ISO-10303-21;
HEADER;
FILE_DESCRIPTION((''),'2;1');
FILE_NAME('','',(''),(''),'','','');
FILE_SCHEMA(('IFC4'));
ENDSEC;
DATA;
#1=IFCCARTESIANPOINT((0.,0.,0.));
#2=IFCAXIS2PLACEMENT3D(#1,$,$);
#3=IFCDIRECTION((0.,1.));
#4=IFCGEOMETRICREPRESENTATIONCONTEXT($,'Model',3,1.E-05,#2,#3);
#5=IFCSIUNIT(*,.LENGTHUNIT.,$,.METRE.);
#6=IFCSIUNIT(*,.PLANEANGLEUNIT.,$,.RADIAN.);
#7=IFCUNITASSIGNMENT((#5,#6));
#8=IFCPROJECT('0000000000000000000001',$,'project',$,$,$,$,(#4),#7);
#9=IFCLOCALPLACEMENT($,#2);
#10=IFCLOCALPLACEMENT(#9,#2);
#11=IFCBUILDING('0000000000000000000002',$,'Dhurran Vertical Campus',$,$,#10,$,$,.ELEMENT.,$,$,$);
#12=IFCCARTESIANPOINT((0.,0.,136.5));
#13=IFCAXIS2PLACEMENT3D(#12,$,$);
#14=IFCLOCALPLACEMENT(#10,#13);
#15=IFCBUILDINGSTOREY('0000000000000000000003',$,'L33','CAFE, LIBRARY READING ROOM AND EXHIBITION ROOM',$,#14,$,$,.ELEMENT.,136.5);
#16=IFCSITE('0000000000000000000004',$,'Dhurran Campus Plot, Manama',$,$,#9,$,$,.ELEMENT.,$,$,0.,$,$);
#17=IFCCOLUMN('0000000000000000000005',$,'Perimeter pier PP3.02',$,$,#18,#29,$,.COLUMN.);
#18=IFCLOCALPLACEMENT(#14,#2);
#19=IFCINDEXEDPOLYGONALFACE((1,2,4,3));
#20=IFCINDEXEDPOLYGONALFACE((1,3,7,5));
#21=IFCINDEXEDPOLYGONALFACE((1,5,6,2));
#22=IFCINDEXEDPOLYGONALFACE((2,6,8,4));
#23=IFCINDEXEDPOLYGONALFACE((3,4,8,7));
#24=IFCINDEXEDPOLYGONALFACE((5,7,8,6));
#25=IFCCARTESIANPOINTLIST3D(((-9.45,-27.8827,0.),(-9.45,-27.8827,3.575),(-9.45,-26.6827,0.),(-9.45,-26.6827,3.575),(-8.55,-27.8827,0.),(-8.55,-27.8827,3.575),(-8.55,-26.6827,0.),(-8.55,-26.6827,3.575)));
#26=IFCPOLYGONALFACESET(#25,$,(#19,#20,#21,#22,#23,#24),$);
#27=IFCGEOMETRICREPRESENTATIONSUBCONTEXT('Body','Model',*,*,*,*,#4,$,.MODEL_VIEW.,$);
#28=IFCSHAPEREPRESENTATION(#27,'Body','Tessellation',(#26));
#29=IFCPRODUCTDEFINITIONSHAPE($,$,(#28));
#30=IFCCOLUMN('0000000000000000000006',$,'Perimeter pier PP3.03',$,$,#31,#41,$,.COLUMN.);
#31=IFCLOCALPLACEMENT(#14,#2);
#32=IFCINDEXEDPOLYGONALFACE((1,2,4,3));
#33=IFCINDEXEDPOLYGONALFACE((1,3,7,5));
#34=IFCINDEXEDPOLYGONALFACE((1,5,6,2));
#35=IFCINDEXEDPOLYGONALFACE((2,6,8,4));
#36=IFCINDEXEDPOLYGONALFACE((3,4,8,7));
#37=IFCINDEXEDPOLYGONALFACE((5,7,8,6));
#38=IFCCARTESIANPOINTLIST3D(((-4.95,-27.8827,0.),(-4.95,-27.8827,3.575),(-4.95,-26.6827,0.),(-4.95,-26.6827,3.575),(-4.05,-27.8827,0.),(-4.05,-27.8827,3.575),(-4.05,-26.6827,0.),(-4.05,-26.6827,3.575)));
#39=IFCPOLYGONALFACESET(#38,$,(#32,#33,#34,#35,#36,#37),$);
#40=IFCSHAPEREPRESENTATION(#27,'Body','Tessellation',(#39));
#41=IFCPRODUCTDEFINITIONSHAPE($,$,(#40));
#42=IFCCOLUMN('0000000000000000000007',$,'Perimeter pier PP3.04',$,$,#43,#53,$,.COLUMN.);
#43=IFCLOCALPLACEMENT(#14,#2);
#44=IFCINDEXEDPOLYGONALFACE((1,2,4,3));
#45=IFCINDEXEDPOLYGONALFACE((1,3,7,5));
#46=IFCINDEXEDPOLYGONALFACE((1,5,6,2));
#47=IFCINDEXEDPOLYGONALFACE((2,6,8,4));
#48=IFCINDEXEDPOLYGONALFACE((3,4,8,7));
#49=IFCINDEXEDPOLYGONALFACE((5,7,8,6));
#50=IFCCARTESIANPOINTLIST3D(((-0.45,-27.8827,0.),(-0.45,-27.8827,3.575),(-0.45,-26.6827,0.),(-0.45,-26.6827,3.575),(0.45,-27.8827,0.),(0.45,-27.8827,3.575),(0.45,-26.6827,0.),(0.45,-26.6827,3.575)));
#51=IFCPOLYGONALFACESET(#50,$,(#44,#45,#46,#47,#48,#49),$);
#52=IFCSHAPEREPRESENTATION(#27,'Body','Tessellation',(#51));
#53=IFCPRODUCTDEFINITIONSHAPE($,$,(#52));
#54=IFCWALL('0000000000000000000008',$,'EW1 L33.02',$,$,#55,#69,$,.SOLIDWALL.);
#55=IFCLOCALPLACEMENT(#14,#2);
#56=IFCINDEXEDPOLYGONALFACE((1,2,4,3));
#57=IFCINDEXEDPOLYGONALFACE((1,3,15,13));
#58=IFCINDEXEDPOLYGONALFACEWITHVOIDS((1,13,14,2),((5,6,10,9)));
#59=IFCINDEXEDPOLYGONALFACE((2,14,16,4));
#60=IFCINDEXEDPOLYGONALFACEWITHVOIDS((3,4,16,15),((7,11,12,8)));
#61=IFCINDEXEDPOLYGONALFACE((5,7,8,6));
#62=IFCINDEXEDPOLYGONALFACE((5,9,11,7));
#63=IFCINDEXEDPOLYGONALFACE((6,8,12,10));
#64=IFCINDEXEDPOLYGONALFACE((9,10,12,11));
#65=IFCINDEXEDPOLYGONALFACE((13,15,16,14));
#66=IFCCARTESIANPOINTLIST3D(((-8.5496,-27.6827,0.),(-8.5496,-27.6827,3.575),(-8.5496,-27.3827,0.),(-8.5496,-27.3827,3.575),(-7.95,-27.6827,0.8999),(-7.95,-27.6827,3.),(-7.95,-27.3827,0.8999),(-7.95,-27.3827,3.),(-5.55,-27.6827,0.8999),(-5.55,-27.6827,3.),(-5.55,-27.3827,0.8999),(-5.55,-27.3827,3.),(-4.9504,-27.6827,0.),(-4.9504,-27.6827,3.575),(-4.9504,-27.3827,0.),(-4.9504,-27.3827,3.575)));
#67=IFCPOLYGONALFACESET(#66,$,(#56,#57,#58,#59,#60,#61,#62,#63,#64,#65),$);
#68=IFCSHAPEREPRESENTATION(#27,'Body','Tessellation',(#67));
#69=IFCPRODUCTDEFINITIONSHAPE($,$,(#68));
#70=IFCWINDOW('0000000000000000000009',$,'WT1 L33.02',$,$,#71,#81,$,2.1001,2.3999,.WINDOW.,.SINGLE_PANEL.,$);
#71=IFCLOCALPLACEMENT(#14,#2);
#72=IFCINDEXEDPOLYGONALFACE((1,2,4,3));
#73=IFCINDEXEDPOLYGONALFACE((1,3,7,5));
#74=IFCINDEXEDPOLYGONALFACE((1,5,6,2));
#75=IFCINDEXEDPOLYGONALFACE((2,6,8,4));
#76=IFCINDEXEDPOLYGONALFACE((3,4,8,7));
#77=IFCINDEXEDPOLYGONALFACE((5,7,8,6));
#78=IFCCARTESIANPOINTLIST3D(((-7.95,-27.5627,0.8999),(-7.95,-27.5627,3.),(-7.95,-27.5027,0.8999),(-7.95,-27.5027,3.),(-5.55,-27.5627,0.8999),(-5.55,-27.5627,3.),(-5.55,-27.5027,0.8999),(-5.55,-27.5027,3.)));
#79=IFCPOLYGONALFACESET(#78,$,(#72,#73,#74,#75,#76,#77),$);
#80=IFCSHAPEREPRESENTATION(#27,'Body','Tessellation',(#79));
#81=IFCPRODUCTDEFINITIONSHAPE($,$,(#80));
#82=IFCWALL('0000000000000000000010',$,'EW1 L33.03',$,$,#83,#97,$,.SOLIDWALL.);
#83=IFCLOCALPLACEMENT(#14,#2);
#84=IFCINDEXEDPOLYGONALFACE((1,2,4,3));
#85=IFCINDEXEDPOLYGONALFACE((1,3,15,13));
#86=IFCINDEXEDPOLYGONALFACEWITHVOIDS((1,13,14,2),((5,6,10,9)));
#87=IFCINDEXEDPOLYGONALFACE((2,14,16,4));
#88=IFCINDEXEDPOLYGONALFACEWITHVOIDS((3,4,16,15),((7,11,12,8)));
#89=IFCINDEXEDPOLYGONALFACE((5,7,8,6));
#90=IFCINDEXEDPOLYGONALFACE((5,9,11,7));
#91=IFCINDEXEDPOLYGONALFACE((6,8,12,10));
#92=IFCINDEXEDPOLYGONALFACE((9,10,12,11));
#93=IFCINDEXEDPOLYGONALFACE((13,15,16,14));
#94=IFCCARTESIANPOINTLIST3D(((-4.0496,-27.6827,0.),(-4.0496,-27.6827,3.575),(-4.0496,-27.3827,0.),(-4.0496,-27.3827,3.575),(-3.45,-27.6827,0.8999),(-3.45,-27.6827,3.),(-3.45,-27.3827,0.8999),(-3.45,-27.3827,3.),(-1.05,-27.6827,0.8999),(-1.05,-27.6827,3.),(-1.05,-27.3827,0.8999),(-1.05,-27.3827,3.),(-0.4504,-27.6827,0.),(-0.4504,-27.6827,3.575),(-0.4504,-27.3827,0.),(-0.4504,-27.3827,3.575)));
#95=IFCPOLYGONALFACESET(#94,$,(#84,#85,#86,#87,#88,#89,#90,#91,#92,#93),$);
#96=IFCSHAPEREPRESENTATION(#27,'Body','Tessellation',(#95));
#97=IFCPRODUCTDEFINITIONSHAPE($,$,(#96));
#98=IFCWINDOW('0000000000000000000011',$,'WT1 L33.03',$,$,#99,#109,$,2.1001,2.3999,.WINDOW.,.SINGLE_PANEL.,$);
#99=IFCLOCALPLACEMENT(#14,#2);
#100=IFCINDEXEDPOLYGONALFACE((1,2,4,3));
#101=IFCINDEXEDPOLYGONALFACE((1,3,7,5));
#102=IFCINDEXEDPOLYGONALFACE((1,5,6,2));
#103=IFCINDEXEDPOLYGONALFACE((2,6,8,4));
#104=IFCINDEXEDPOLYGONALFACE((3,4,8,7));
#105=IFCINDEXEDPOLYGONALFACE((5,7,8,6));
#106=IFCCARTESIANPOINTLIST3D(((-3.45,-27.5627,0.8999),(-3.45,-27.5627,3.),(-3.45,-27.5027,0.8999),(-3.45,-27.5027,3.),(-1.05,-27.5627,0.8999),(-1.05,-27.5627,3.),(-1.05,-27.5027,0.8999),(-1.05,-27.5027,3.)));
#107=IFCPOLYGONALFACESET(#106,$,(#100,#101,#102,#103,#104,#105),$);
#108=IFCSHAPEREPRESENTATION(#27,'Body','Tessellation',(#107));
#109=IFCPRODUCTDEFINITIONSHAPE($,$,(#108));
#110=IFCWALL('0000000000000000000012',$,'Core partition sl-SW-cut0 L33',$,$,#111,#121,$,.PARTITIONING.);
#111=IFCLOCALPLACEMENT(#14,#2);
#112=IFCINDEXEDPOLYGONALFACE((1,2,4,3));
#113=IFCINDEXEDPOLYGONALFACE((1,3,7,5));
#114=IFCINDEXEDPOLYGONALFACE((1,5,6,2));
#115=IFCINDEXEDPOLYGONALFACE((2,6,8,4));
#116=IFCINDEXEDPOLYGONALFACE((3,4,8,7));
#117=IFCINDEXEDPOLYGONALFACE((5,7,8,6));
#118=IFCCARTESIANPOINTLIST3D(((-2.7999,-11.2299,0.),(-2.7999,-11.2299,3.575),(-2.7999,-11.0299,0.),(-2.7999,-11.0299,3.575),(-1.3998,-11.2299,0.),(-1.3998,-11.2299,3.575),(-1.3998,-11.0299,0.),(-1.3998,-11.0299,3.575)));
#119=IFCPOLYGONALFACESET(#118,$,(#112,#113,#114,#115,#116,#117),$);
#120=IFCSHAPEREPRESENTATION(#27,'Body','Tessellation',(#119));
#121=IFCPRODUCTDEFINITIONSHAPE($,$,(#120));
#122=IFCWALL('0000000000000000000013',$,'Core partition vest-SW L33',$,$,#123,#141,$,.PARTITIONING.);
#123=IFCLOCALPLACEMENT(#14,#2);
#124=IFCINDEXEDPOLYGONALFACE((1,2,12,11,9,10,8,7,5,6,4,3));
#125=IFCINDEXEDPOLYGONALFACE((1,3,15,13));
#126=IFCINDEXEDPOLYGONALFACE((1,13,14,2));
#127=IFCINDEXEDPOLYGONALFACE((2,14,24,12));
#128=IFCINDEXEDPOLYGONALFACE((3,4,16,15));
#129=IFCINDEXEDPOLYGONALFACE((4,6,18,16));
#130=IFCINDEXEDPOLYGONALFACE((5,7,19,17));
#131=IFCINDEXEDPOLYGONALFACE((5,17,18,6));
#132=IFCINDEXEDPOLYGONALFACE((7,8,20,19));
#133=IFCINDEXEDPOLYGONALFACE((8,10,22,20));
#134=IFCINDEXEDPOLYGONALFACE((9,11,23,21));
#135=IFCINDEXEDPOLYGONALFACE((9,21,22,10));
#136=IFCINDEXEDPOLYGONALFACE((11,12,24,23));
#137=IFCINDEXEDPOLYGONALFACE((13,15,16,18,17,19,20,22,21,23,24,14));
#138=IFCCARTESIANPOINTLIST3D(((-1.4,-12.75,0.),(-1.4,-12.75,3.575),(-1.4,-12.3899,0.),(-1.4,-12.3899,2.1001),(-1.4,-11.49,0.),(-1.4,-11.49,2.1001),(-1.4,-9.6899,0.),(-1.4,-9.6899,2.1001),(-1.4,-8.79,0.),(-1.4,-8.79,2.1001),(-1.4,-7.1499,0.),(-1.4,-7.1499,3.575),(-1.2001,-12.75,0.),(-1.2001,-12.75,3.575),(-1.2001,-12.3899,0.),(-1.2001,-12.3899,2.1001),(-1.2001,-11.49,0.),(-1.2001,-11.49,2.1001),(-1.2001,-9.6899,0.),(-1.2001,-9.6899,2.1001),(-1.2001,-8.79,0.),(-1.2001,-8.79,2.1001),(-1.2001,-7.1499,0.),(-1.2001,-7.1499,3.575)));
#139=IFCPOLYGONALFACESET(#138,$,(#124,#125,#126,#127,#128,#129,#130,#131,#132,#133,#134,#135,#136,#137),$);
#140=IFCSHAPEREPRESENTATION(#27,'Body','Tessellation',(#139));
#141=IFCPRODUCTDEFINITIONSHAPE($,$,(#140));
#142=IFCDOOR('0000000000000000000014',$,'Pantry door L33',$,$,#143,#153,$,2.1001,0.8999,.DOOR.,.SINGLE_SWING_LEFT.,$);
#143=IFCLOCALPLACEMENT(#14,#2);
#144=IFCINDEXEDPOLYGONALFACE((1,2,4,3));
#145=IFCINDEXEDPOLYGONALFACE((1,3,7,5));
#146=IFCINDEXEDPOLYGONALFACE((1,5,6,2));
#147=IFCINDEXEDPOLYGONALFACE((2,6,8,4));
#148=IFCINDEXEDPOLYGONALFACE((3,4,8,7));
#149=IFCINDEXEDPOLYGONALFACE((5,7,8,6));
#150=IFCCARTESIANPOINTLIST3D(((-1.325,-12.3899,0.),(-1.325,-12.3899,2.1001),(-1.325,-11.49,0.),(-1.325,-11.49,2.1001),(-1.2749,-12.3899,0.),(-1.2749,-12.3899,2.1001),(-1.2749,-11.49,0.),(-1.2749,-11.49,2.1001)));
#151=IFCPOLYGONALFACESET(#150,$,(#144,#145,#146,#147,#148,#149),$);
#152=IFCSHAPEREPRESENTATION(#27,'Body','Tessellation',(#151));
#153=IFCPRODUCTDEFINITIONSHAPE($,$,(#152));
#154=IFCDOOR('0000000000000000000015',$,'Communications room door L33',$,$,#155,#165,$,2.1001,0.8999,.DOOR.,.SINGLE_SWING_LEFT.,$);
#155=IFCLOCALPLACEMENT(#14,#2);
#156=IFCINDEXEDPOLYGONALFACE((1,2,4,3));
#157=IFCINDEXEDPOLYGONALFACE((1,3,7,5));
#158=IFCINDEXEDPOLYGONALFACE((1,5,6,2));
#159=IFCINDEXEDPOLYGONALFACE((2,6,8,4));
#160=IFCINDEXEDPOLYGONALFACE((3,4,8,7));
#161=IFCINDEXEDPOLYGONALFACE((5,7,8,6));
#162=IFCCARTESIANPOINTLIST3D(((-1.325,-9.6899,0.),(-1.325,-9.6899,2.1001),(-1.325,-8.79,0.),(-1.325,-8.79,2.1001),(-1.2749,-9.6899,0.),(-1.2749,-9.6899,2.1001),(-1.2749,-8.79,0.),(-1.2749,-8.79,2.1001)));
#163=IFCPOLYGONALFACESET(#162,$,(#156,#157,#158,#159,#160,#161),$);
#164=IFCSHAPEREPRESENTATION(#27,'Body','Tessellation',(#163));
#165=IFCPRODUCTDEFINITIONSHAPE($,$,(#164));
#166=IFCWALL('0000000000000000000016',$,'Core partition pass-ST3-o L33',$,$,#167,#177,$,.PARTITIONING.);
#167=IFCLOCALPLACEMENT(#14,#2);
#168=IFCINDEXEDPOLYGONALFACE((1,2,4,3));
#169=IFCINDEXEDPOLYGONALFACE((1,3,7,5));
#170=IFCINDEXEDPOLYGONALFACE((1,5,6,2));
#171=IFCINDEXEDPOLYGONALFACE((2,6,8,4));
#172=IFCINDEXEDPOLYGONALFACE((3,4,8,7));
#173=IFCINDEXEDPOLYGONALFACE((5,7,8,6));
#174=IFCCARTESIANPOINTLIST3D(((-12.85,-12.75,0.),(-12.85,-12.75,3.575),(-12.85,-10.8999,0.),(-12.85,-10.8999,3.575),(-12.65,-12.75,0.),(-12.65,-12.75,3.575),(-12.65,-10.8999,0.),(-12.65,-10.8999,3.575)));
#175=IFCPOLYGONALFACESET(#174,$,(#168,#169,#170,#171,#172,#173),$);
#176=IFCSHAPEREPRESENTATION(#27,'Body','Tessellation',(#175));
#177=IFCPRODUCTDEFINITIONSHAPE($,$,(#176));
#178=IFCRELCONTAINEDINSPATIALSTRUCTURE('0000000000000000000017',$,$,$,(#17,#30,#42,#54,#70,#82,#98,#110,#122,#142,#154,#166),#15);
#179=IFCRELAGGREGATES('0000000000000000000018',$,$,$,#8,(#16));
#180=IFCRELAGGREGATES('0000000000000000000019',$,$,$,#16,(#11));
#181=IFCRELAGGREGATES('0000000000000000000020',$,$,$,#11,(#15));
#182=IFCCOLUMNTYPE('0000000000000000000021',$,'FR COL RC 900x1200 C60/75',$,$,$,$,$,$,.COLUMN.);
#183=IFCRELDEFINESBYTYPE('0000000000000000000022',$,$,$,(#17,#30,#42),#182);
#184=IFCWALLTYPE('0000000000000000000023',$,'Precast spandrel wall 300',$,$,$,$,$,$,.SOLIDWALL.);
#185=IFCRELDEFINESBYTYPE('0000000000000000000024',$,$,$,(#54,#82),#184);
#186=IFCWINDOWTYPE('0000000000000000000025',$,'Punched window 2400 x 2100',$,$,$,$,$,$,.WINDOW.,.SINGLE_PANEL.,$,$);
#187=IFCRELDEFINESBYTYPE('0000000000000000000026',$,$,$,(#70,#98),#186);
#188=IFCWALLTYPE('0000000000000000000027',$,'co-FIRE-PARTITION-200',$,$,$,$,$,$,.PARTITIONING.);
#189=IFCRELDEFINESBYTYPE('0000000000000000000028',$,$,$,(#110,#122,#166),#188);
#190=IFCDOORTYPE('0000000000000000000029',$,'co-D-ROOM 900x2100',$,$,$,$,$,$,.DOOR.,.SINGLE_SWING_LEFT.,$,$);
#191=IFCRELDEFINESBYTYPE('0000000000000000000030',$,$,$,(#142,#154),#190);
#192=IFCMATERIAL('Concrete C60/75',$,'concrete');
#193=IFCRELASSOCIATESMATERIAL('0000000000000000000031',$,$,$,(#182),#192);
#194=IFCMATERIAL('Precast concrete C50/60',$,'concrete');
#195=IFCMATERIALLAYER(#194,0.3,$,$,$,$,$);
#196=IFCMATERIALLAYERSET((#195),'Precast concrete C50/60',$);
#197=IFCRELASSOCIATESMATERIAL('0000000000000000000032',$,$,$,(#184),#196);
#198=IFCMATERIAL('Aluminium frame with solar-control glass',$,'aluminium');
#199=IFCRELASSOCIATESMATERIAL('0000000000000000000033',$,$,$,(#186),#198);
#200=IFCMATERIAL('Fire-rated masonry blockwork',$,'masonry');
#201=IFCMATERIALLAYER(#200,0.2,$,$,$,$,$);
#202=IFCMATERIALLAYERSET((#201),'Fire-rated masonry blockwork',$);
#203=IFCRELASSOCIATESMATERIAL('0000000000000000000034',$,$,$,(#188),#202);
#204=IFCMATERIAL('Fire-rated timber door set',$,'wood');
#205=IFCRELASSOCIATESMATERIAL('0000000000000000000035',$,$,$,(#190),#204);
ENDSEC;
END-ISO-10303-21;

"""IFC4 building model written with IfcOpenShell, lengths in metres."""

from ifc_helpers import new_model, si_unit, direction, frame, frame_2d, origin, origin_2d, place, context, subcontext, project, spatial, rectangle, extrude, material, layer, layer_set, material_profile, profile_set, type_object, element, fill, save


model = new_model("IFC4")

# Units and contexts
model_context = context("Model", 3, precision=1e-05, world=origin(), true_north=direction((0.0, 1.0)))
body_context = subcontext(model_context, "Body", "Model", "MODEL_VIEW")
ifc_project = project(units=[si_unit("LENGTHUNIT", "METRE"), si_unit("PLANEANGLEUNIT", "RADIAN")], contexts=[model_context])

# Site, building, storey
site_placement = place(None, origin())
site = spatial("IfcSite", under=ifc_project, at=site_placement, Name="Dhurran Campus Plot, Manama", CompositionType="ELEMENT", RefElevation=0.0)
building_placement = place(site_placement, origin())
building = spatial("IfcBuilding", under=site, at=building_placement, Name="Dhurran Vertical Campus", CompositionType="ELEMENT")
storey_placement = place(building_placement, frame((0.0, 0.0, 136.5)))
storey = spatial("IfcBuildingStorey", under=building, at=storey_placement, Name="L33", Description="CAFE, LIBRARY READING ROOM AND EXHIBITION ROOM", CompositionType="ELEMENT", Elevation=136.5)

# Columns
ifc_material_1 = material(Name="Concrete C60/75", Category="concrete")
ifc_material_profile = material_profile(ifc_material_1, rectangle(XDim=0.8999, YDim=1.2, at=origin_2d()), Name="RC 900x1200")
ifc_profile_set = profile_set([ifc_material_profile], Name="Concrete C60/75")
column_type = type_object("IfcColumnType", Name="FR COL RC 900x1200 C60/75", PredefinedType="COLUMN", material=ifc_profile_set)
for number, where, z_axis, x_axis, name in (
    (1, (-9.0, -27.2827, 0.0), (0.0, 0.0, 1.0), (1.0, 0.0, 0.0), "Perimeter pier PP3.02"),
    (2, (-4.5, -27.2827, 0.0), (0.0, 0.0, 1.0), (1.0, 0.0, 0.0), "Perimeter pier PP3.03"),
    (3, (0.0, -27.2827, 0.0), (0.0, 0.0, 1.0), (1.0, 0.0, 0.0), "Perimeter pier PP3.04"),
):
    element("IfcColumn", number, at=place(storey_placement, frame(where, z_axis=z_axis, x_axis=x_axis)), inside=storey, type_object=column_type, Name=name, PredefinedType="COLUMN", context=body_context, shape_type="SweptSolid", body=[
        extrude(rectangle(XDim=0.8999, YDim=1.2, at=origin_2d()), origin(), (0.0, 0.0, 1.0), 3.575),
    ])

# Walls, openings, windows
ifc_material_2 = material(Name="Precast concrete C50/60", Category="concrete")
ifc_layer_1 = layer(ifc_material_2, 0.3)
ifc_layer_set_1 = layer_set([ifc_layer_1], Name="Precast concrete C50/60")
wall_type_1 = type_object("IfcWallType", Name="Precast spandrel wall 300", PredefinedType="SOLIDWALL", material=ifc_layer_set_1)
wall_1_placement = place(storey_placement, frame((-8.5496, -27.5327, 0.0), z_axis=(0.0, 0.0, 1.0), x_axis=(1.0, 0.0, 0.0)))
wall_1 = element("IfcWall", 4, at=wall_1_placement, inside=storey, type_object=wall_type_1, Name="EW1 L33.02", PredefinedType="SOLIDWALL", context=body_context, shape_type="SweptSolid", body=[
    extrude(rectangle(XDim=3.5991, YDim=0.3, at=frame_2d((1.7996, 0.0))), origin(), (0.0, 0.0, 1.0), 3.575),
])
opening_1_placement = place(wall_1_placement, frame((0.5996, 0.0, 0.8999)))
opening_1 = element("IfcOpeningElement", 5, at=opening_1_placement, cuts=wall_1, PredefinedType="OPENING", context=body_context, shape_type="SweptSolid", body=[
    extrude(rectangle(XDim=2.3999, YDim=2.1001, at=frame_2d((1.2, 1.05))), frame((0.0, 0.1599, 0.0), z_axis=(0.0, -1.0, 0.0), x_axis=(1.0, 0.0, 0.0)), (0.0, 0.0, 1.0), 0.3201),
])
ifc_material_3 = material(Name="Aluminium frame with solar-control glass", Category="aluminium")
window_type = type_object("IfcWindowType", Name="Punched window 2400 x 2100", PartitioningType="SINGLE_PANEL", PredefinedType="WINDOW", material=ifc_material_3)
window_1_placement = place(opening_1_placement, origin())
window_1 = element("IfcWindow", 6, at=window_1_placement, inside=storey, type_object=window_type, Name="WT1 L33.02", OverallHeight=2.1001, OverallWidth=2.3999, PartitioningType="SINGLE_PANEL", PredefinedType="WINDOW", context=body_context, shape_type="SweptSolid", body=[
    extrude(rectangle(XDim=2.3999, YDim=2.1001, at=frame_2d((1.2, 1.05))), frame((0.0, 0.03, 0.0), z_axis=(0.0, -1.0, 0.0), x_axis=(1.0, 0.0, 0.0)), (0.0, 0.0, 1.0), 0.0601),
])
fill(opening_1, window_1)
wall_2_placement = place(storey_placement, frame((-4.0496, -27.5327, 0.0), z_axis=(0.0, 0.0, 1.0), x_axis=(1.0, 0.0, 0.0)))
wall_2 = element("IfcWall", 7, at=wall_2_placement, inside=storey, type_object=wall_type_1, Name="EW1 L33.03", PredefinedType="SOLIDWALL", context=body_context, shape_type="SweptSolid", body=[
    extrude(rectangle(XDim=3.5991, YDim=0.3, at=frame_2d((1.7996, 0.0))), origin(), (0.0, 0.0, 1.0), 3.575),
])
opening_2_placement = place(wall_2_placement, frame((0.5996, 0.0, 0.8999)))
opening_2 = element("IfcOpeningElement", 8, at=opening_2_placement, cuts=wall_2, PredefinedType="OPENING", context=body_context, shape_type="SweptSolid", body=[
    extrude(rectangle(XDim=2.3999, YDim=2.1001, at=frame_2d((1.2, 1.05))), frame((0.0, 0.1599, 0.0), z_axis=(0.0, -1.0, 0.0), x_axis=(1.0, 0.0, 0.0)), (0.0, 0.0, 1.0), 0.3201),
])
window_2_placement = place(opening_2_placement, origin())
window_2 = element("IfcWindow", 9, at=window_2_placement, inside=storey, type_object=window_type, Name="WT1 L33.03", OverallHeight=2.1001, OverallWidth=2.3999, PartitioningType="SINGLE_PANEL", PredefinedType="WINDOW", context=body_context, shape_type="SweptSolid", body=[
    extrude(rectangle(XDim=2.3999, YDim=2.1001, at=frame_2d((1.2, 1.05))), frame((0.0, 0.03, 0.0), z_axis=(0.0, -1.0, 0.0), x_axis=(1.0, 0.0, 0.0)), (0.0, 0.0, 1.0), 0.0601),
])
fill(opening_2, window_2)

# Wall
ifc_material_4 = material(Name="Fire-rated masonry blockwork", Category="masonry")
ifc_layer_2 = layer(ifc_material_4, 0.2)
ifc_layer_set_2 = layer_set([ifc_layer_2], Name="Fire-rated masonry blockwork")
wall_type_2 = type_object("IfcWallType", Name="co-FIRE-PARTITION-200", PredefinedType="PARTITIONING", material=ifc_layer_set_2)
wall_3_placement = place(storey_placement, frame((-2.8, -11.1299, 0.0), z_axis=(0.0, 0.0, 1.0), x_axis=(1.0, 0.0, 0.0)))
element("IfcWall", 10, at=wall_3_placement, inside=storey, type_object=wall_type_2, Name="Core partition sl-SW-cut0 L33", PredefinedType="PARTITIONING", context=body_context, shape_type="SweptSolid", body=[
    extrude(rectangle(XDim=1.4001, YDim=0.2, at=frame_2d((0.7002, 0.0))), origin(), (0.0, 0.0, 1.0), 3.575),
])

# Wall, openings, doors
wall_4_placement = place(storey_placement, frame((-1.3, -12.75, 0.0), z_axis=(0.0, 0.0, 1.0), x_axis=(0.0, 1.0, 0.0)))
wall_4 = element("IfcWall", 11, at=wall_4_placement, inside=storey, type_object=wall_type_2, Name="Core partition vest-SW L33", PredefinedType="PARTITIONING", context=body_context, shape_type="SweptSolid", body=[
    extrude(rectangle(XDim=5.6001, YDim=0.2, at=frame_2d((2.8, 0.0))), origin(), (0.0, 0.0, 1.0), 3.575),
])
opening_3_placement = place(wall_4_placement, frame((0.3601, 0.0, 0.0)))
opening_3 = element("IfcOpeningElement", 12, at=opening_3_placement, cuts=wall_4, PredefinedType="OPENING", context=body_context, shape_type="SweptSolid", body=[
    extrude(rectangle(XDim=0.8999, YDim=2.1001, at=frame_2d((0.45, 1.05))), frame((0.0, 0.1099, 0.0), z_axis=(0.0, -1.0, 0.0), x_axis=(1.0, 0.0, 0.0)), (0.0, 0.0, 1.0), 0.22),
])
opening_4_placement = place(wall_4_placement, frame((3.0601, 0.0, 0.0)))
opening_4 = element("IfcOpeningElement", 13, at=opening_4_placement, cuts=wall_4, PredefinedType="OPENING", context=body_context, shape_type="SweptSolid", body=[
    extrude(rectangle(XDim=0.8999, YDim=2.1001, at=frame_2d((0.45, 1.05))), frame((0.0, 0.1099, 0.0), z_axis=(0.0, -1.0, 0.0), x_axis=(1.0, 0.0, 0.0)), (0.0, 0.0, 1.0), 0.22),
])
ifc_material_5 = material(Name="Fire-rated timber door set", Category="wood")
door_type_1 = type_object("IfcDoorType", Name="co-D-ROOM 900x2100", OperationType="SINGLE_SWING_LEFT", PredefinedType="DOOR", material=ifc_material_5)
door_1_placement = place(opening_3_placement, origin())
door_1 = element("IfcDoor", 14, at=door_1_placement, inside=storey, type_object=door_type_1, Name="Pantry door L33", OperationType="SINGLE_SWING_LEFT", OverallHeight=2.1001, OverallWidth=0.8999, PredefinedType="DOOR", context=body_context, shape_type="SweptSolid", body=[
    extrude(rectangle(XDim=0.8999, YDim=2.1001, at=frame_2d((0.45, 1.05))), frame((0.0, 0.0249, 0.0), z_axis=(0.0, -1.0, 0.0), x_axis=(1.0, 0.0, 0.0)), (0.0, 0.0, 1.0), 0.05),
])
fill(opening_3, door_1)
door_2_placement = place(opening_4_placement, origin())
door_2 = element("IfcDoor", 15, at=door_2_placement, inside=storey, type_object=door_type_1, Name="Communications room door L33", OperationType="SINGLE_SWING_LEFT", OverallHeight=2.1001, OverallWidth=0.8999, PredefinedType="DOOR", context=body_context, shape_type="SweptSolid", body=[
    extrude(rectangle(XDim=0.8999, YDim=2.1001, at=frame_2d((0.45, 1.05))), frame((0.0, 0.0249, 0.0), z_axis=(0.0, -1.0, 0.0), x_axis=(1.0, 0.0, 0.0)), (0.0, 0.0, 1.0), 0.05),
])
fill(opening_4, door_2)

# Wall
wall_5_placement = place(storey_placement, frame((-12.75, -12.75, 0.0), z_axis=(0.0, 0.0, 1.0), x_axis=(0.0, 1.0, 0.0)))
element("IfcWall", 16, at=wall_5_placement, inside=storey, type_object=wall_type_2, Name="Core partition pass-ST3-o L33", PredefinedType="PARTITIONING", context=body_context, shape_type="SweptSolid", body=[
    extrude(rectangle(XDim=1.8501, YDim=0.2, at=frame_2d((0.925, 0.0))), origin(), (0.0, 0.0, 1.0), 3.575),
])

save(model, "model.ifc")
